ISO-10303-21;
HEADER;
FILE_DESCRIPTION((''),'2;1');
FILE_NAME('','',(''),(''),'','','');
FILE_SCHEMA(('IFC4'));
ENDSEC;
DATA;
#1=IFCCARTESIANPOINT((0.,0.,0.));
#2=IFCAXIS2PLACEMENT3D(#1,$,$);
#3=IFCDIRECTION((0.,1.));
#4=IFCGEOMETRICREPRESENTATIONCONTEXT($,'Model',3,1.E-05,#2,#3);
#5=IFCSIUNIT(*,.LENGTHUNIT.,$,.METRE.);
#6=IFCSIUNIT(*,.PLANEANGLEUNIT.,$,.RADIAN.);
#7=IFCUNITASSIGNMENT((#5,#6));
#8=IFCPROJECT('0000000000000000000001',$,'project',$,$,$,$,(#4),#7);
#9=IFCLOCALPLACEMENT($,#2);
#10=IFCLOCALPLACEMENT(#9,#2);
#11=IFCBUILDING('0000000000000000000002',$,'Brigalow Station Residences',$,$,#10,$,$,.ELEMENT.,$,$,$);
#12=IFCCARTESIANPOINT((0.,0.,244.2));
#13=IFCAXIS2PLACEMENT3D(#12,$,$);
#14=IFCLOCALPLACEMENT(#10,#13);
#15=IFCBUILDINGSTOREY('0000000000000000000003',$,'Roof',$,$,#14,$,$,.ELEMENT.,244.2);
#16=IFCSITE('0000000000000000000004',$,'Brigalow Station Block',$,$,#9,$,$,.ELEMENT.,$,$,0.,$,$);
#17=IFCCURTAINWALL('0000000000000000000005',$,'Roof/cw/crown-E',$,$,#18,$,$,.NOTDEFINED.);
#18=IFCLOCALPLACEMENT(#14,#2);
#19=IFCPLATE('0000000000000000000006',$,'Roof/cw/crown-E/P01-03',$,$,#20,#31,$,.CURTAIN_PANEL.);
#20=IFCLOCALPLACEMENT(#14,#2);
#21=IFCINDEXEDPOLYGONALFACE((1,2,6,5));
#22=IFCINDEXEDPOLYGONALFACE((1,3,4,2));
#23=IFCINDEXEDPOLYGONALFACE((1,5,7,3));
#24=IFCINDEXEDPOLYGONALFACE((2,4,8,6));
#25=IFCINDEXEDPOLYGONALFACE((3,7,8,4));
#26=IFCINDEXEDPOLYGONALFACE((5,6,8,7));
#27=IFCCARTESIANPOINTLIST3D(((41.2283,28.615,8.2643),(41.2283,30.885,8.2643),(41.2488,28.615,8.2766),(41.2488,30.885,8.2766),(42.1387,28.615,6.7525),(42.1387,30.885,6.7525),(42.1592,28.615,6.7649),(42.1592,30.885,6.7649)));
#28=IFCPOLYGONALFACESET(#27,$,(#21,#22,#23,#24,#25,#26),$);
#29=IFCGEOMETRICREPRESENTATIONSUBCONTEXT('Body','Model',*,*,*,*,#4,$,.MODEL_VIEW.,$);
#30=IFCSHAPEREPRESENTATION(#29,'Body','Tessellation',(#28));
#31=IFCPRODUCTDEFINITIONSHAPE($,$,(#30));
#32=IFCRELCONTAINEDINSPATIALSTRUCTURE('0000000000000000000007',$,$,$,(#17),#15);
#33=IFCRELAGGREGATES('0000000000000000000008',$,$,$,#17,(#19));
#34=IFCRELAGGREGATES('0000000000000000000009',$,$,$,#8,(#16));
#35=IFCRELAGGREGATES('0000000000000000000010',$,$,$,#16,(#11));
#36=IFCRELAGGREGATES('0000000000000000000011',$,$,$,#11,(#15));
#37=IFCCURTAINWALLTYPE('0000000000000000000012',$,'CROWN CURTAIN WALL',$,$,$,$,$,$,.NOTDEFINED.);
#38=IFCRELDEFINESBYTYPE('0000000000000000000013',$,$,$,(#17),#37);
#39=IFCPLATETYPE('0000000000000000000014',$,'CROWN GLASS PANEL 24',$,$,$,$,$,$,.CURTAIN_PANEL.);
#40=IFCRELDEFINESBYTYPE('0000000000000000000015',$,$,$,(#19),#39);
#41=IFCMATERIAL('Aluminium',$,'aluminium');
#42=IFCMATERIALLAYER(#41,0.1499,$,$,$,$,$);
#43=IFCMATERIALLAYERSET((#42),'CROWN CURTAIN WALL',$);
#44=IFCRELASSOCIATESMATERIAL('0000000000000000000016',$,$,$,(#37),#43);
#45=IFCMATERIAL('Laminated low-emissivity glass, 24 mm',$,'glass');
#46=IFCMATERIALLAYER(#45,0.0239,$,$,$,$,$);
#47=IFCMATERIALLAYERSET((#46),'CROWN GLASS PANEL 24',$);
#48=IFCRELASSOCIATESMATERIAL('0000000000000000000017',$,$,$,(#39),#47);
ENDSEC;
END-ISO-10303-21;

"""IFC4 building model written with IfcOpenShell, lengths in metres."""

from ifc_helpers import new_model, si_unit, direction, frame, origin, place, context, subcontext, project, spatial, polyline, outline, extrude, material, layer, layer_set, type_object, element, aggregate, save


model = new_model("IFC4")

# Units and contexts
model_context = context("Model", 3, precision=1e-05, world=origin(), true_north=direction((0.0, 1.0)))
body_context = subcontext(model_context, "Body", "Model", "MODEL_VIEW")
ifc_project = project(units=[si_unit("LENGTHUNIT", "METRE"), si_unit("PLANEANGLEUNIT", "RADIAN")], contexts=[model_context])

# Site, building, storey
site_placement = place(None, origin())
site = spatial("IfcSite", under=ifc_project, at=site_placement, Name="Brigalow Station Block", CompositionType="ELEMENT", RefElevation=0.0)
building_placement = place(site_placement, origin())
building = spatial("IfcBuilding", under=site, at=building_placement, Name="Brigalow Station Residences", CompositionType="ELEMENT")
storey_placement = place(building_placement, frame((0.0, 0.0, 244.2)))
storey = spatial("IfcBuildingStorey", under=building, at=storey_placement, Name="Roof", CompositionType="ELEMENT", Elevation=244.2)

# Curtain wall
ifc_material_1 = material(Name="Aluminium", Category="aluminium")
ifc_layer_1 = layer(ifc_material_1, 0.1499)
ifc_layer_set_1 = layer_set([ifc_layer_1], Name="CROWN CURTAIN WALL")
curtain_wall_type = type_object("IfcCurtainWallType", Name="CROWN CURTAIN WALL", PredefinedType="NOTDEFINED", material=ifc_layer_set_1)
curtain_wall_1_placement = place(storey_placement, origin())
curtain_wall_1 = element("IfcCurtainWall", 1, at=curtain_wall_1_placement, inside=storey, type_object=curtain_wall_type, Name="Roof/cw/crown-E", PredefinedType="NOTDEFINED")

# Plate
ifc_material_2 = material(Name="Laminated low-emissivity glass, 24 mm", Category="glass")
ifc_layer_2 = layer(ifc_material_2, 0.0239)
ifc_layer_set_2 = layer_set([ifc_layer_2], Name="CROWN GLASS PANEL 24")
plate_type_1 = type_object("IfcPlateType", Name="CROWN GLASS PANEL 24", PredefinedType="CURTAIN_PANEL", material=ifc_layer_set_2)
plate_1_placement = place(storey_placement, frame((42.1592, 28.615, 6.7649), z_axis=(0.856649, 0.0, 0.515899), x_axis=(0.0, 1.0, 0.0)))
plate_1 = element("IfcPlate", 2, at=plate_1_placement, type_object=plate_type_1, Name="Roof/cw/crown-E/P01-03", PredefinedType="CURTAIN_PANEL", context=body_context, shape_type="SweptSolid", body=[
    extrude(outline(polyline([(0.0, 0.0), (2.27, 0.0), (2.27, 1.7647), (0.0, 1.7647), (0.0, 0.0)])), origin(), (0.0, 0.0, -1.0), 0.0239),
])
aggregate(curtain_wall_1, [plate_1])

save(model, "model.ifc")
